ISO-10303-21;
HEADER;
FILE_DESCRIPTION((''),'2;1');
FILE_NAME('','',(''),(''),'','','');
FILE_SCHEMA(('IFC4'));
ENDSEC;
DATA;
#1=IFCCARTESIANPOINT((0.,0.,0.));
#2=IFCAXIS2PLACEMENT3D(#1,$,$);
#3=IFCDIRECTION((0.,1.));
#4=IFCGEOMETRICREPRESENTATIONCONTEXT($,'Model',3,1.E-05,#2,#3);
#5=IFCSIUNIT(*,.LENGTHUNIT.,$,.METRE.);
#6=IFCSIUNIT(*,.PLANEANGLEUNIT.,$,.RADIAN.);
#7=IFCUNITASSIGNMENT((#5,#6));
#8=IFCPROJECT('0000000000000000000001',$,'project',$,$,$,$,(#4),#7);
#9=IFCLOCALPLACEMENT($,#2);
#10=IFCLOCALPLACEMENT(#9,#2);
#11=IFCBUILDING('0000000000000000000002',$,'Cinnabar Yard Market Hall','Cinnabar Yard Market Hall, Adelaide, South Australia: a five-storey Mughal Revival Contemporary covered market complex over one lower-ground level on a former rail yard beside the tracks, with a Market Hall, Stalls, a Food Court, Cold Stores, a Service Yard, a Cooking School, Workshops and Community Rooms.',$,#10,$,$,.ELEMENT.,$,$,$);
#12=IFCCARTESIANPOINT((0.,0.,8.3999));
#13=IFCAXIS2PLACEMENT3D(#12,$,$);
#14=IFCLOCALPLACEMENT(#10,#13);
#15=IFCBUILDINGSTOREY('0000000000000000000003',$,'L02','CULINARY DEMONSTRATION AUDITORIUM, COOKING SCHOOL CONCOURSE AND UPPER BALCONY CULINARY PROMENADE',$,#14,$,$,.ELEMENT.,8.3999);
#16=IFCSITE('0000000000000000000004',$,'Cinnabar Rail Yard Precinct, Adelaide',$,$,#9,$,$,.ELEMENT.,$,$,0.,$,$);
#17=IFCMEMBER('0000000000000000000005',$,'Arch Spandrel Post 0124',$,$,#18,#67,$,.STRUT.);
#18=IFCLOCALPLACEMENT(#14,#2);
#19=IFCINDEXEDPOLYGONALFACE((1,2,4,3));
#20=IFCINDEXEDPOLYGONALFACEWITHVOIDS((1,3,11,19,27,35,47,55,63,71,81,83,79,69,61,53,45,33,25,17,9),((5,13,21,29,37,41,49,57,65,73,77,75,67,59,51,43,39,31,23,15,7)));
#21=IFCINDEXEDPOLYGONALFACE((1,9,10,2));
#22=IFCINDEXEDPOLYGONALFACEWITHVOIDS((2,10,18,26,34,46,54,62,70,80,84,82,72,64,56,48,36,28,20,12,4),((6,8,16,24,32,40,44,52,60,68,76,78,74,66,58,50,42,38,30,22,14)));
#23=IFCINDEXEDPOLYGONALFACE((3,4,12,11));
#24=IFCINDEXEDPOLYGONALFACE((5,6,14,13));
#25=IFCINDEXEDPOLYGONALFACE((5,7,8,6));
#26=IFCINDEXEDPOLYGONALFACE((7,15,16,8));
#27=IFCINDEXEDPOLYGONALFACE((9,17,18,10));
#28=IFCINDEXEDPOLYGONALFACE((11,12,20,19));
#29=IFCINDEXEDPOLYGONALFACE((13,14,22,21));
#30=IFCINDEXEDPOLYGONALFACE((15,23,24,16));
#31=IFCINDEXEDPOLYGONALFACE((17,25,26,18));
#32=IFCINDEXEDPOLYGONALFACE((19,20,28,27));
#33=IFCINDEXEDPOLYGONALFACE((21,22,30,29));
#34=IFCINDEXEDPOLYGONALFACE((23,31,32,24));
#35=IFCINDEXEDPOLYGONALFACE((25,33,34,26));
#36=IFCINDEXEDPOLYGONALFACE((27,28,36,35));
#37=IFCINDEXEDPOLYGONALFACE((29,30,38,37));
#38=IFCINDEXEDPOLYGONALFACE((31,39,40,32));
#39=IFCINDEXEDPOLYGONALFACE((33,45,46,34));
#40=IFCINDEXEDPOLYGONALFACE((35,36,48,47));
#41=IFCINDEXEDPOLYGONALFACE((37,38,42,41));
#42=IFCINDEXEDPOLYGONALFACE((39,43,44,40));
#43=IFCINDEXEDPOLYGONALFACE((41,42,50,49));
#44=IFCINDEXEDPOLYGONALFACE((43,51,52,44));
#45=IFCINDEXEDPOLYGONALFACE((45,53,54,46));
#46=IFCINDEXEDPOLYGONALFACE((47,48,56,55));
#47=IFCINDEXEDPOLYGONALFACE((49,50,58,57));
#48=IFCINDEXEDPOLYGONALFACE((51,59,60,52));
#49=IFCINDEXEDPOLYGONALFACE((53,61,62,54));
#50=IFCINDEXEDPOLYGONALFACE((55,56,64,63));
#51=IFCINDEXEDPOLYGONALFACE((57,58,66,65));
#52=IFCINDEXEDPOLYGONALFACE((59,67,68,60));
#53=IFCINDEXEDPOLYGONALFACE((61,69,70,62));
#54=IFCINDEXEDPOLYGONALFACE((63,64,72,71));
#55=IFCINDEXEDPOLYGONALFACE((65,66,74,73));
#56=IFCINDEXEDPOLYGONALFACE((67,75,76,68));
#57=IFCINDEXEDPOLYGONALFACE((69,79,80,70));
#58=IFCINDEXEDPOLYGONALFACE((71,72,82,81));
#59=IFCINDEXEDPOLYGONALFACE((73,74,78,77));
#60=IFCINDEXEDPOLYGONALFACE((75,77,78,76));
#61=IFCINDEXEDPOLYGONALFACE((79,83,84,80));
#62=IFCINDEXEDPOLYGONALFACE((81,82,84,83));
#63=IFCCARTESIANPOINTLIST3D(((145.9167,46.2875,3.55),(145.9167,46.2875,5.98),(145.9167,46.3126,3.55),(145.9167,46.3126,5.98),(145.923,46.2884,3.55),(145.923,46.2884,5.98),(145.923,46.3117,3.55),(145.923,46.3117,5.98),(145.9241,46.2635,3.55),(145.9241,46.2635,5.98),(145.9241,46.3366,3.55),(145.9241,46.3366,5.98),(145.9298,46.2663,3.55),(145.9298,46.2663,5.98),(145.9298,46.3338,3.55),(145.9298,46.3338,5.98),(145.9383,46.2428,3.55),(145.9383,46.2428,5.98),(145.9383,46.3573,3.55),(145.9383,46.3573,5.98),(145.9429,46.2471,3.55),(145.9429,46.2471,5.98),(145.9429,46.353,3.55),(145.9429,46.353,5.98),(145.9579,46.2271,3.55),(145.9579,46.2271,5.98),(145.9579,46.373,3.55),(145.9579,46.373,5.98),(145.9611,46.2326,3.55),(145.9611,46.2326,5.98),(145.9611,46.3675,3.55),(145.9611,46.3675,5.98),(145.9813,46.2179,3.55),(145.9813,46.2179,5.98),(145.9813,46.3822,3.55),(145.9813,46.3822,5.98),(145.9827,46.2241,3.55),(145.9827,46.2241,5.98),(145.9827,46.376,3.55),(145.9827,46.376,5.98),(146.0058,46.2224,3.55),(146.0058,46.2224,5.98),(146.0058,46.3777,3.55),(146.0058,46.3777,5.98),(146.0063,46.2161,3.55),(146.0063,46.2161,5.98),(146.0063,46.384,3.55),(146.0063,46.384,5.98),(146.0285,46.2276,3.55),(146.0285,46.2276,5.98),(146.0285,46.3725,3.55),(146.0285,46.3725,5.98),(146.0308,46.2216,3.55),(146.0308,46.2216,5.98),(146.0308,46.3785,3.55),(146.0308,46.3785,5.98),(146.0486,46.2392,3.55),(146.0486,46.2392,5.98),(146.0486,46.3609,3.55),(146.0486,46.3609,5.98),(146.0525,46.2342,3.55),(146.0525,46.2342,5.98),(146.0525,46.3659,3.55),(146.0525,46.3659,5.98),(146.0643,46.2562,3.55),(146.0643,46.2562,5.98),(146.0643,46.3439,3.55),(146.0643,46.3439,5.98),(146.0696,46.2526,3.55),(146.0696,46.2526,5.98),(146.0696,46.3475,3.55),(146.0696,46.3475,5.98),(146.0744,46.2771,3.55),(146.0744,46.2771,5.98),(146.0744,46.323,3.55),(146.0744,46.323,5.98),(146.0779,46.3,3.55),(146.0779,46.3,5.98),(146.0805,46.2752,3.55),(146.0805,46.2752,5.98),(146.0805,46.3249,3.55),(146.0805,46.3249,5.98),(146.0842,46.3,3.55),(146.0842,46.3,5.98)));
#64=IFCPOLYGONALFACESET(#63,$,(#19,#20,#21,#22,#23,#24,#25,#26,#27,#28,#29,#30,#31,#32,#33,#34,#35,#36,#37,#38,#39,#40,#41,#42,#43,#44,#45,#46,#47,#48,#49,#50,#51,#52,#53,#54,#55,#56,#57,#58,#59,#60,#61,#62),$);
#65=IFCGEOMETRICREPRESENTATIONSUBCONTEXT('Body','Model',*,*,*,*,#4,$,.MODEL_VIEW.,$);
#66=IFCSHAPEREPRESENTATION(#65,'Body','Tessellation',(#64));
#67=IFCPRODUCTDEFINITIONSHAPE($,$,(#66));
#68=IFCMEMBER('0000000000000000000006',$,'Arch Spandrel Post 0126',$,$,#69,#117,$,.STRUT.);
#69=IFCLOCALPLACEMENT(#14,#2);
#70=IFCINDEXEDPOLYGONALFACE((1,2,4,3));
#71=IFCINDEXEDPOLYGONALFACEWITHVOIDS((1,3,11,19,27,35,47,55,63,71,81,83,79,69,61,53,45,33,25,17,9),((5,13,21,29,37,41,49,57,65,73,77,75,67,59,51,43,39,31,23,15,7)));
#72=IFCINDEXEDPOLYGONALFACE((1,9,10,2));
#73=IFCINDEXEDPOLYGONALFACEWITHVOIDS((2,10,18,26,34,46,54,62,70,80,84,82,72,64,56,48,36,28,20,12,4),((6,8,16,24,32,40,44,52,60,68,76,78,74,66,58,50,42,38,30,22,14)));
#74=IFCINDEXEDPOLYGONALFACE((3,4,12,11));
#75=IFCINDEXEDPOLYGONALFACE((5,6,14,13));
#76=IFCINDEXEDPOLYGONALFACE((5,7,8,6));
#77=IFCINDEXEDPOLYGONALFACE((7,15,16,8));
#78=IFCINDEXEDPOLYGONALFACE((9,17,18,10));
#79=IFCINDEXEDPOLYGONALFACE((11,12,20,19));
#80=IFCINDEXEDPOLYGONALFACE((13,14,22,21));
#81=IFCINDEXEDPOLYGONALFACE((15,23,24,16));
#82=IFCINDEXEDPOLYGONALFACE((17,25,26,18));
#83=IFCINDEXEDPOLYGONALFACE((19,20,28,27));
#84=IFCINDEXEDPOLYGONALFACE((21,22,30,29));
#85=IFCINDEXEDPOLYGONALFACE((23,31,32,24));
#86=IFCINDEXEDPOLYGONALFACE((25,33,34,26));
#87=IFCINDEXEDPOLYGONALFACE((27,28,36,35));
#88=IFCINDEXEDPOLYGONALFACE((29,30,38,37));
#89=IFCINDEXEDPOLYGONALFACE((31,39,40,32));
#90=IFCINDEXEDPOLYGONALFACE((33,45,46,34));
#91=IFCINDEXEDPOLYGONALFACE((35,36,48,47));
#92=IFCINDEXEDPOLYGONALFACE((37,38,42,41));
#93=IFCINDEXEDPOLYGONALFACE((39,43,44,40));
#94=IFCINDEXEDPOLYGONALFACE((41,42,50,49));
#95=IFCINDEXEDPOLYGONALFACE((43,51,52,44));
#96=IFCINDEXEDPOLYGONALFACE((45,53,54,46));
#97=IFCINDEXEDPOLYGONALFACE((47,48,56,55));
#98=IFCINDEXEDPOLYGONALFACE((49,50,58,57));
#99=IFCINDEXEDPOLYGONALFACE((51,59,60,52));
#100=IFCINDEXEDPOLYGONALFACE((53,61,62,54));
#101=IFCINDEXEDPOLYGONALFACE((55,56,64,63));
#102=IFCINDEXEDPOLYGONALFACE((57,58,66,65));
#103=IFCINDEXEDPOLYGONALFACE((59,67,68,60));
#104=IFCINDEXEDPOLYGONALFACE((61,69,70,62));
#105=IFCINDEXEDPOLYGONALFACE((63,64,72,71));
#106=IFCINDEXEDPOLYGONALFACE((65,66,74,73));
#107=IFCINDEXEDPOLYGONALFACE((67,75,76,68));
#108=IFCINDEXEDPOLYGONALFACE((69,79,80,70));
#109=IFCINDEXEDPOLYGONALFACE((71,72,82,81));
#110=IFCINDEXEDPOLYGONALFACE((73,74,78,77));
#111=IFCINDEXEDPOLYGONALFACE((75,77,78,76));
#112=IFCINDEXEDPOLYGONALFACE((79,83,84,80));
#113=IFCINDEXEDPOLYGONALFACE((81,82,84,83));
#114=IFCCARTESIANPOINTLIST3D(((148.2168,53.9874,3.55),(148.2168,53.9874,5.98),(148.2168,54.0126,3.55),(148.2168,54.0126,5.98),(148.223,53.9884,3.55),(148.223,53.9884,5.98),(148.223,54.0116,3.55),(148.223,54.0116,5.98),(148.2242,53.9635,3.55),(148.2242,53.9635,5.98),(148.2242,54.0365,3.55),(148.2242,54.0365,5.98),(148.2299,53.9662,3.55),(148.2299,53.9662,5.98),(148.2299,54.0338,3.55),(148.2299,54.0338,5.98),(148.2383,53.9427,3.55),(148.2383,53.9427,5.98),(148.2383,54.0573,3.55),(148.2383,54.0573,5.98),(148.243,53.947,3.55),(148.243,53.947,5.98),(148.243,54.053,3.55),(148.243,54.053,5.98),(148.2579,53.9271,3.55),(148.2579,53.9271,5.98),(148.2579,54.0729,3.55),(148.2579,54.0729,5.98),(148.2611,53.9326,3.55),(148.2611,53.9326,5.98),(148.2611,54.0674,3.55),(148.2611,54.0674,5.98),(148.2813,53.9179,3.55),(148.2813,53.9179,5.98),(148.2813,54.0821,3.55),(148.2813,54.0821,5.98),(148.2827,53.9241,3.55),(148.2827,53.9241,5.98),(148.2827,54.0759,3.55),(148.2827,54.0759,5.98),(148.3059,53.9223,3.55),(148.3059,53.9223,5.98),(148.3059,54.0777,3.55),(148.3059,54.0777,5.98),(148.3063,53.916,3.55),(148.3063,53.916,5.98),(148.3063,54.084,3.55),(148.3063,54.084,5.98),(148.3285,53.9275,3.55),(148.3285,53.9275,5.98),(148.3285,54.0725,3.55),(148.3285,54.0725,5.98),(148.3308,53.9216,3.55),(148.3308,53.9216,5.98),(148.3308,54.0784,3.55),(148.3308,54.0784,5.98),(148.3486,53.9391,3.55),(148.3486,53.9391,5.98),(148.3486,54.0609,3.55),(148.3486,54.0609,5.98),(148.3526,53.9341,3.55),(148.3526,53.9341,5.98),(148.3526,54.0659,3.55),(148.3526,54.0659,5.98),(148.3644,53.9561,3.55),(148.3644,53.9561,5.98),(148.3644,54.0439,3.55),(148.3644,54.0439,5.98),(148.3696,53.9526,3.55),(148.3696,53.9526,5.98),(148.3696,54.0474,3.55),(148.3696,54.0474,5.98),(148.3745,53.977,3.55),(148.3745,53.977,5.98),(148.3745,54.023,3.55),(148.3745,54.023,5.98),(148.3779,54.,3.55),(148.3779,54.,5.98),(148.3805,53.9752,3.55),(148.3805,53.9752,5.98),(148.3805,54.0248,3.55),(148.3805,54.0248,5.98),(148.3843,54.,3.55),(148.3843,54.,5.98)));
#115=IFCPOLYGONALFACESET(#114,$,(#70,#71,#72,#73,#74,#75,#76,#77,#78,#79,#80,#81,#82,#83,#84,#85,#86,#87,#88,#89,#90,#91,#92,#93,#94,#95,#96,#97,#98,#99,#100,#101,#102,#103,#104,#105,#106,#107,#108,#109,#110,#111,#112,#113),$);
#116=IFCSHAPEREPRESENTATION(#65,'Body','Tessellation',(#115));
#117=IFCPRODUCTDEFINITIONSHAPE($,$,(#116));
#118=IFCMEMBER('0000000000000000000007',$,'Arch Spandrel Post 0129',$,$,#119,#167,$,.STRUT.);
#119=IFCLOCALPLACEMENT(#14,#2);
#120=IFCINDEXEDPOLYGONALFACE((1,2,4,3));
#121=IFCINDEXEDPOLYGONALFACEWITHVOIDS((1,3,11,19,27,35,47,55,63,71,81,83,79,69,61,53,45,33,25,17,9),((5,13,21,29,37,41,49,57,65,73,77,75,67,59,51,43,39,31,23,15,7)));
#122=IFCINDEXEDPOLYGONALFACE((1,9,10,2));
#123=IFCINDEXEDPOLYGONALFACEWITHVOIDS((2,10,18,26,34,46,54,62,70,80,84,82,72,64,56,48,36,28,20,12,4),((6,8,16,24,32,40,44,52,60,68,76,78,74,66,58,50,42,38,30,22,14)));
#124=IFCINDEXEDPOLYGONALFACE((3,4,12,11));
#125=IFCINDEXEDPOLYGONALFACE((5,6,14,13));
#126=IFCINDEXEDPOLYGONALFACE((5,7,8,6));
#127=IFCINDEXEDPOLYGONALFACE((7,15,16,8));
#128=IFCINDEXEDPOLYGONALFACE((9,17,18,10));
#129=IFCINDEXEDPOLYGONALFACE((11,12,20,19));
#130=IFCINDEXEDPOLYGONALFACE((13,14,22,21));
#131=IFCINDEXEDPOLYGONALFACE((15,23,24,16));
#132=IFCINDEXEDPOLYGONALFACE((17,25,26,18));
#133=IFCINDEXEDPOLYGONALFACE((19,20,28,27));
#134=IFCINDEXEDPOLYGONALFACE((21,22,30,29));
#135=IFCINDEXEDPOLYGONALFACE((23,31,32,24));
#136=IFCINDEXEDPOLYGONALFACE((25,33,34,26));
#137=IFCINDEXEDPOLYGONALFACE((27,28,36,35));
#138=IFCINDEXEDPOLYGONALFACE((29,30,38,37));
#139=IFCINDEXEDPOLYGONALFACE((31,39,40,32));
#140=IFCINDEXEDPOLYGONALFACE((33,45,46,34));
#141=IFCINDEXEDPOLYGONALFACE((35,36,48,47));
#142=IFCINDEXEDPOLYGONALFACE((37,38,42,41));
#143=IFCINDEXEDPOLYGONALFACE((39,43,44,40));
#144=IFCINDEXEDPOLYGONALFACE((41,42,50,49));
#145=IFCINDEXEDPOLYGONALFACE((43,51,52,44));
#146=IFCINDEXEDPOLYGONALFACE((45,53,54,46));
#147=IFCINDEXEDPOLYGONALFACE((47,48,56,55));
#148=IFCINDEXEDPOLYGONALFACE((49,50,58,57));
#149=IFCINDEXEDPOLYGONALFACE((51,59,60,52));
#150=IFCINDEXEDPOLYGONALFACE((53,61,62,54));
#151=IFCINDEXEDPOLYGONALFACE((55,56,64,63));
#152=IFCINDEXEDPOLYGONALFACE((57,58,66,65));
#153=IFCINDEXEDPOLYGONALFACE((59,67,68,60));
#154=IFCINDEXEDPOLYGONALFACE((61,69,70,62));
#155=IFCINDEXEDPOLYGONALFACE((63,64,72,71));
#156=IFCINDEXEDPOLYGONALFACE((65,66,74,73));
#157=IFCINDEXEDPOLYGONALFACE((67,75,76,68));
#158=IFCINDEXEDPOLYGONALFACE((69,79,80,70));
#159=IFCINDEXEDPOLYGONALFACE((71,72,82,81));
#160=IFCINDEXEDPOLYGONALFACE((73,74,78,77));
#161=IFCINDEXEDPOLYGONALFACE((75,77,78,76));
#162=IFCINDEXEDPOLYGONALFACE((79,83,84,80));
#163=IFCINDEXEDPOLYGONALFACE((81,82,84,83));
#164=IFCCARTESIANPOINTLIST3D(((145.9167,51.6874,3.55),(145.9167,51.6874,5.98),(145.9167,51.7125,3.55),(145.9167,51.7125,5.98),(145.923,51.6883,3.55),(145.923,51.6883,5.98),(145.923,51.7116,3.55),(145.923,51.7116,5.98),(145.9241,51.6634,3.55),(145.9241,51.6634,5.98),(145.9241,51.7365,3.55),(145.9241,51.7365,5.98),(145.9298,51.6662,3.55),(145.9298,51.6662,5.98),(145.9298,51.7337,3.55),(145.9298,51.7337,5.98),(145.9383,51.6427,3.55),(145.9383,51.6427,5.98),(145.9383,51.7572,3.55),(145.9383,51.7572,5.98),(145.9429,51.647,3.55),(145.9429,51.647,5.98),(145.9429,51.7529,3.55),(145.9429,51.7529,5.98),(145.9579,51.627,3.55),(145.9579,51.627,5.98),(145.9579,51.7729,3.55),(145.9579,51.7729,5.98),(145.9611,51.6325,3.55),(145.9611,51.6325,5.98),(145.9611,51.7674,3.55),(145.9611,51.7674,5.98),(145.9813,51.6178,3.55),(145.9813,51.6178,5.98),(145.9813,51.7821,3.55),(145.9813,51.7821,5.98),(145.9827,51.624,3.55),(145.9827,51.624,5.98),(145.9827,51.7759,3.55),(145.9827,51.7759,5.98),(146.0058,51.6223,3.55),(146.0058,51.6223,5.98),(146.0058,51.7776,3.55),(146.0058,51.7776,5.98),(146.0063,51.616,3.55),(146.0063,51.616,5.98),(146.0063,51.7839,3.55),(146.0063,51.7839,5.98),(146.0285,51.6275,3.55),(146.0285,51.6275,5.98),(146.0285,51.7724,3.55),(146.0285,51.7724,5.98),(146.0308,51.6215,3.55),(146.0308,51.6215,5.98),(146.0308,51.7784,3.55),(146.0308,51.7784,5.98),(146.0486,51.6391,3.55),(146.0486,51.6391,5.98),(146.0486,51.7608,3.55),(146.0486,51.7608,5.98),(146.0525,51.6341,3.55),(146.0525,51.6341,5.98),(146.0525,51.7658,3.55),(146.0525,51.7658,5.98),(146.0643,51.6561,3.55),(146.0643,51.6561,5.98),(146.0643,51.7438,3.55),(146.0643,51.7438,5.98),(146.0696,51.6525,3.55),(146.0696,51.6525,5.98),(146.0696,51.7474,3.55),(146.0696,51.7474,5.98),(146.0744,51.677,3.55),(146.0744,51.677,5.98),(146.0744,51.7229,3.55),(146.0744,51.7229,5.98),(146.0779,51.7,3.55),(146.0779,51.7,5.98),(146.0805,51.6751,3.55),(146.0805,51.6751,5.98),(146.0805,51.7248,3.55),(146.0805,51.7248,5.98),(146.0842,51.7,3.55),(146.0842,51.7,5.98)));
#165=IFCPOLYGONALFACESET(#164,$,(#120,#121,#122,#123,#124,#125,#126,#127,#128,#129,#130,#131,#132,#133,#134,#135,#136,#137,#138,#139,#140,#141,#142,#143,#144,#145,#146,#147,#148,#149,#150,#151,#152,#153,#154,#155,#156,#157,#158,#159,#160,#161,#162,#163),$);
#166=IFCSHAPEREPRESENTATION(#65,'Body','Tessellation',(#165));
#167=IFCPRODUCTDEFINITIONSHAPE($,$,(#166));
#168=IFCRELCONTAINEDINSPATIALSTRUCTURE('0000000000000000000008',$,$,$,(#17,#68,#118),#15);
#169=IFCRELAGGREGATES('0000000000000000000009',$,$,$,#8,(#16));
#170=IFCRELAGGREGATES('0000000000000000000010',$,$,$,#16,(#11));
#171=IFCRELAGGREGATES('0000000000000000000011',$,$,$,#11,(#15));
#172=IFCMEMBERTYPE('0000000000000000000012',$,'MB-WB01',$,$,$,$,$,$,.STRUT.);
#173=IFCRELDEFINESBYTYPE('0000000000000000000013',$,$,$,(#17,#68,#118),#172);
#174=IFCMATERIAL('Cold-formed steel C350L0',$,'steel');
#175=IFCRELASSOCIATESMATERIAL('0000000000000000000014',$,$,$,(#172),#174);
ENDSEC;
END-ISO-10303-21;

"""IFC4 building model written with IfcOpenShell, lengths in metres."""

from ifc_helpers import new_model, si_unit, direction, frame, origin, origin_2d_with_axis, place, context, subcontext, project, spatial, hollow_circle, extrude, material, material_profile, profile_set, type_object, element, save


model = new_model("IFC4")

# Units and contexts
model_context = context("Model", 3, precision=1e-05, world=origin(), true_north=direction((0.0, 1.0)))
body_context = subcontext(model_context, "Body", "Model", "MODEL_VIEW")
ifc_project = project(units=[si_unit("LENGTHUNIT", "METRE"), si_unit("PLANEANGLEUNIT", "RADIAN")], contexts=[model_context])

# Site, building, storey
site_placement = place(None, origin())
site = spatial("IfcSite", under=ifc_project, at=site_placement, Name="Cinnabar Rail Yard Precinct, Adelaide", CompositionType="ELEMENT", RefElevation=0.0)
building_placement = place(site_placement, origin())
building = spatial("IfcBuilding", under=site, at=building_placement, Name="Cinnabar Yard Market Hall", Description="Cinnabar Yard Market Hall, Adelaide, South Australia: a five-storey Mughal Revival Contemporary covered market complex over one lower-ground level on a former rail yard beside the tracks, with a Market Hall, Stalls, a Food Court, Cold Stores, a Service Yard, a Cooking School, Workshops and Community Rooms.", CompositionType="ELEMENT")
storey_placement = place(building_placement, frame((0.0, 0.0, 8.3999)))
storey = spatial("IfcBuildingStorey", under=building, at=storey_placement, Name="L02", Description="CULINARY DEMONSTRATION AUDITORIUM, COOKING SCHOOL CONCOURSE AND UPPER BALCONY CULINARY PROMENADE", CompositionType="ELEMENT", Elevation=8.3999)

# Members
ifc_material_1 = material(Name="Cold-formed steel C350L0", Category="steel")
ifc_material_profile_1 = material_profile(ifc_material_1, hollow_circle(Radius=0.0842, WallThickness=0.0063, at=origin_2d_with_axis()), Name="168.3x6.4CHS")
ifc_profile_set_1 = profile_set([ifc_material_profile_1], Name="Cold-formed steel C350L0")
member_type_1 = type_object("IfcMemberType", Name="MB-WB01", PredefinedType="STRUT", material=ifc_profile_set_1)
for number, where, z_axis, x_axis, name in (
    (1, (146.0, 46.3, 3.55), (0.0, 0.0, 1.0), (1.0, 0.0, 0.0), "Arch Spandrel Post 0124"),
    (2, (148.3, 54.0, 3.55), (0.0, 0.0, 1.0), (1.0, 0.0, 0.0), "Arch Spandrel Post 0126"),
    (3, (146.0, 51.7, 3.55), (0.0, 0.0, 1.0), (1.0, 0.0, 0.0), "Arch Spandrel Post 0129"),
):
    element("IfcMember", number, at=place(storey_placement, frame(where, z_axis=z_axis, x_axis=x_axis)), inside=storey, type_object=member_type_1, Name=name, PredefinedType="STRUT", context=body_context, shape_type="SweptSolid", body=[
        extrude(hollow_circle(Radius=0.0842, WallThickness=0.0063, at=origin_2d_with_axis()), origin(), (0.0, 0.0, 1.0), 2.4299),
    ])

save(model, "model.ifc")
